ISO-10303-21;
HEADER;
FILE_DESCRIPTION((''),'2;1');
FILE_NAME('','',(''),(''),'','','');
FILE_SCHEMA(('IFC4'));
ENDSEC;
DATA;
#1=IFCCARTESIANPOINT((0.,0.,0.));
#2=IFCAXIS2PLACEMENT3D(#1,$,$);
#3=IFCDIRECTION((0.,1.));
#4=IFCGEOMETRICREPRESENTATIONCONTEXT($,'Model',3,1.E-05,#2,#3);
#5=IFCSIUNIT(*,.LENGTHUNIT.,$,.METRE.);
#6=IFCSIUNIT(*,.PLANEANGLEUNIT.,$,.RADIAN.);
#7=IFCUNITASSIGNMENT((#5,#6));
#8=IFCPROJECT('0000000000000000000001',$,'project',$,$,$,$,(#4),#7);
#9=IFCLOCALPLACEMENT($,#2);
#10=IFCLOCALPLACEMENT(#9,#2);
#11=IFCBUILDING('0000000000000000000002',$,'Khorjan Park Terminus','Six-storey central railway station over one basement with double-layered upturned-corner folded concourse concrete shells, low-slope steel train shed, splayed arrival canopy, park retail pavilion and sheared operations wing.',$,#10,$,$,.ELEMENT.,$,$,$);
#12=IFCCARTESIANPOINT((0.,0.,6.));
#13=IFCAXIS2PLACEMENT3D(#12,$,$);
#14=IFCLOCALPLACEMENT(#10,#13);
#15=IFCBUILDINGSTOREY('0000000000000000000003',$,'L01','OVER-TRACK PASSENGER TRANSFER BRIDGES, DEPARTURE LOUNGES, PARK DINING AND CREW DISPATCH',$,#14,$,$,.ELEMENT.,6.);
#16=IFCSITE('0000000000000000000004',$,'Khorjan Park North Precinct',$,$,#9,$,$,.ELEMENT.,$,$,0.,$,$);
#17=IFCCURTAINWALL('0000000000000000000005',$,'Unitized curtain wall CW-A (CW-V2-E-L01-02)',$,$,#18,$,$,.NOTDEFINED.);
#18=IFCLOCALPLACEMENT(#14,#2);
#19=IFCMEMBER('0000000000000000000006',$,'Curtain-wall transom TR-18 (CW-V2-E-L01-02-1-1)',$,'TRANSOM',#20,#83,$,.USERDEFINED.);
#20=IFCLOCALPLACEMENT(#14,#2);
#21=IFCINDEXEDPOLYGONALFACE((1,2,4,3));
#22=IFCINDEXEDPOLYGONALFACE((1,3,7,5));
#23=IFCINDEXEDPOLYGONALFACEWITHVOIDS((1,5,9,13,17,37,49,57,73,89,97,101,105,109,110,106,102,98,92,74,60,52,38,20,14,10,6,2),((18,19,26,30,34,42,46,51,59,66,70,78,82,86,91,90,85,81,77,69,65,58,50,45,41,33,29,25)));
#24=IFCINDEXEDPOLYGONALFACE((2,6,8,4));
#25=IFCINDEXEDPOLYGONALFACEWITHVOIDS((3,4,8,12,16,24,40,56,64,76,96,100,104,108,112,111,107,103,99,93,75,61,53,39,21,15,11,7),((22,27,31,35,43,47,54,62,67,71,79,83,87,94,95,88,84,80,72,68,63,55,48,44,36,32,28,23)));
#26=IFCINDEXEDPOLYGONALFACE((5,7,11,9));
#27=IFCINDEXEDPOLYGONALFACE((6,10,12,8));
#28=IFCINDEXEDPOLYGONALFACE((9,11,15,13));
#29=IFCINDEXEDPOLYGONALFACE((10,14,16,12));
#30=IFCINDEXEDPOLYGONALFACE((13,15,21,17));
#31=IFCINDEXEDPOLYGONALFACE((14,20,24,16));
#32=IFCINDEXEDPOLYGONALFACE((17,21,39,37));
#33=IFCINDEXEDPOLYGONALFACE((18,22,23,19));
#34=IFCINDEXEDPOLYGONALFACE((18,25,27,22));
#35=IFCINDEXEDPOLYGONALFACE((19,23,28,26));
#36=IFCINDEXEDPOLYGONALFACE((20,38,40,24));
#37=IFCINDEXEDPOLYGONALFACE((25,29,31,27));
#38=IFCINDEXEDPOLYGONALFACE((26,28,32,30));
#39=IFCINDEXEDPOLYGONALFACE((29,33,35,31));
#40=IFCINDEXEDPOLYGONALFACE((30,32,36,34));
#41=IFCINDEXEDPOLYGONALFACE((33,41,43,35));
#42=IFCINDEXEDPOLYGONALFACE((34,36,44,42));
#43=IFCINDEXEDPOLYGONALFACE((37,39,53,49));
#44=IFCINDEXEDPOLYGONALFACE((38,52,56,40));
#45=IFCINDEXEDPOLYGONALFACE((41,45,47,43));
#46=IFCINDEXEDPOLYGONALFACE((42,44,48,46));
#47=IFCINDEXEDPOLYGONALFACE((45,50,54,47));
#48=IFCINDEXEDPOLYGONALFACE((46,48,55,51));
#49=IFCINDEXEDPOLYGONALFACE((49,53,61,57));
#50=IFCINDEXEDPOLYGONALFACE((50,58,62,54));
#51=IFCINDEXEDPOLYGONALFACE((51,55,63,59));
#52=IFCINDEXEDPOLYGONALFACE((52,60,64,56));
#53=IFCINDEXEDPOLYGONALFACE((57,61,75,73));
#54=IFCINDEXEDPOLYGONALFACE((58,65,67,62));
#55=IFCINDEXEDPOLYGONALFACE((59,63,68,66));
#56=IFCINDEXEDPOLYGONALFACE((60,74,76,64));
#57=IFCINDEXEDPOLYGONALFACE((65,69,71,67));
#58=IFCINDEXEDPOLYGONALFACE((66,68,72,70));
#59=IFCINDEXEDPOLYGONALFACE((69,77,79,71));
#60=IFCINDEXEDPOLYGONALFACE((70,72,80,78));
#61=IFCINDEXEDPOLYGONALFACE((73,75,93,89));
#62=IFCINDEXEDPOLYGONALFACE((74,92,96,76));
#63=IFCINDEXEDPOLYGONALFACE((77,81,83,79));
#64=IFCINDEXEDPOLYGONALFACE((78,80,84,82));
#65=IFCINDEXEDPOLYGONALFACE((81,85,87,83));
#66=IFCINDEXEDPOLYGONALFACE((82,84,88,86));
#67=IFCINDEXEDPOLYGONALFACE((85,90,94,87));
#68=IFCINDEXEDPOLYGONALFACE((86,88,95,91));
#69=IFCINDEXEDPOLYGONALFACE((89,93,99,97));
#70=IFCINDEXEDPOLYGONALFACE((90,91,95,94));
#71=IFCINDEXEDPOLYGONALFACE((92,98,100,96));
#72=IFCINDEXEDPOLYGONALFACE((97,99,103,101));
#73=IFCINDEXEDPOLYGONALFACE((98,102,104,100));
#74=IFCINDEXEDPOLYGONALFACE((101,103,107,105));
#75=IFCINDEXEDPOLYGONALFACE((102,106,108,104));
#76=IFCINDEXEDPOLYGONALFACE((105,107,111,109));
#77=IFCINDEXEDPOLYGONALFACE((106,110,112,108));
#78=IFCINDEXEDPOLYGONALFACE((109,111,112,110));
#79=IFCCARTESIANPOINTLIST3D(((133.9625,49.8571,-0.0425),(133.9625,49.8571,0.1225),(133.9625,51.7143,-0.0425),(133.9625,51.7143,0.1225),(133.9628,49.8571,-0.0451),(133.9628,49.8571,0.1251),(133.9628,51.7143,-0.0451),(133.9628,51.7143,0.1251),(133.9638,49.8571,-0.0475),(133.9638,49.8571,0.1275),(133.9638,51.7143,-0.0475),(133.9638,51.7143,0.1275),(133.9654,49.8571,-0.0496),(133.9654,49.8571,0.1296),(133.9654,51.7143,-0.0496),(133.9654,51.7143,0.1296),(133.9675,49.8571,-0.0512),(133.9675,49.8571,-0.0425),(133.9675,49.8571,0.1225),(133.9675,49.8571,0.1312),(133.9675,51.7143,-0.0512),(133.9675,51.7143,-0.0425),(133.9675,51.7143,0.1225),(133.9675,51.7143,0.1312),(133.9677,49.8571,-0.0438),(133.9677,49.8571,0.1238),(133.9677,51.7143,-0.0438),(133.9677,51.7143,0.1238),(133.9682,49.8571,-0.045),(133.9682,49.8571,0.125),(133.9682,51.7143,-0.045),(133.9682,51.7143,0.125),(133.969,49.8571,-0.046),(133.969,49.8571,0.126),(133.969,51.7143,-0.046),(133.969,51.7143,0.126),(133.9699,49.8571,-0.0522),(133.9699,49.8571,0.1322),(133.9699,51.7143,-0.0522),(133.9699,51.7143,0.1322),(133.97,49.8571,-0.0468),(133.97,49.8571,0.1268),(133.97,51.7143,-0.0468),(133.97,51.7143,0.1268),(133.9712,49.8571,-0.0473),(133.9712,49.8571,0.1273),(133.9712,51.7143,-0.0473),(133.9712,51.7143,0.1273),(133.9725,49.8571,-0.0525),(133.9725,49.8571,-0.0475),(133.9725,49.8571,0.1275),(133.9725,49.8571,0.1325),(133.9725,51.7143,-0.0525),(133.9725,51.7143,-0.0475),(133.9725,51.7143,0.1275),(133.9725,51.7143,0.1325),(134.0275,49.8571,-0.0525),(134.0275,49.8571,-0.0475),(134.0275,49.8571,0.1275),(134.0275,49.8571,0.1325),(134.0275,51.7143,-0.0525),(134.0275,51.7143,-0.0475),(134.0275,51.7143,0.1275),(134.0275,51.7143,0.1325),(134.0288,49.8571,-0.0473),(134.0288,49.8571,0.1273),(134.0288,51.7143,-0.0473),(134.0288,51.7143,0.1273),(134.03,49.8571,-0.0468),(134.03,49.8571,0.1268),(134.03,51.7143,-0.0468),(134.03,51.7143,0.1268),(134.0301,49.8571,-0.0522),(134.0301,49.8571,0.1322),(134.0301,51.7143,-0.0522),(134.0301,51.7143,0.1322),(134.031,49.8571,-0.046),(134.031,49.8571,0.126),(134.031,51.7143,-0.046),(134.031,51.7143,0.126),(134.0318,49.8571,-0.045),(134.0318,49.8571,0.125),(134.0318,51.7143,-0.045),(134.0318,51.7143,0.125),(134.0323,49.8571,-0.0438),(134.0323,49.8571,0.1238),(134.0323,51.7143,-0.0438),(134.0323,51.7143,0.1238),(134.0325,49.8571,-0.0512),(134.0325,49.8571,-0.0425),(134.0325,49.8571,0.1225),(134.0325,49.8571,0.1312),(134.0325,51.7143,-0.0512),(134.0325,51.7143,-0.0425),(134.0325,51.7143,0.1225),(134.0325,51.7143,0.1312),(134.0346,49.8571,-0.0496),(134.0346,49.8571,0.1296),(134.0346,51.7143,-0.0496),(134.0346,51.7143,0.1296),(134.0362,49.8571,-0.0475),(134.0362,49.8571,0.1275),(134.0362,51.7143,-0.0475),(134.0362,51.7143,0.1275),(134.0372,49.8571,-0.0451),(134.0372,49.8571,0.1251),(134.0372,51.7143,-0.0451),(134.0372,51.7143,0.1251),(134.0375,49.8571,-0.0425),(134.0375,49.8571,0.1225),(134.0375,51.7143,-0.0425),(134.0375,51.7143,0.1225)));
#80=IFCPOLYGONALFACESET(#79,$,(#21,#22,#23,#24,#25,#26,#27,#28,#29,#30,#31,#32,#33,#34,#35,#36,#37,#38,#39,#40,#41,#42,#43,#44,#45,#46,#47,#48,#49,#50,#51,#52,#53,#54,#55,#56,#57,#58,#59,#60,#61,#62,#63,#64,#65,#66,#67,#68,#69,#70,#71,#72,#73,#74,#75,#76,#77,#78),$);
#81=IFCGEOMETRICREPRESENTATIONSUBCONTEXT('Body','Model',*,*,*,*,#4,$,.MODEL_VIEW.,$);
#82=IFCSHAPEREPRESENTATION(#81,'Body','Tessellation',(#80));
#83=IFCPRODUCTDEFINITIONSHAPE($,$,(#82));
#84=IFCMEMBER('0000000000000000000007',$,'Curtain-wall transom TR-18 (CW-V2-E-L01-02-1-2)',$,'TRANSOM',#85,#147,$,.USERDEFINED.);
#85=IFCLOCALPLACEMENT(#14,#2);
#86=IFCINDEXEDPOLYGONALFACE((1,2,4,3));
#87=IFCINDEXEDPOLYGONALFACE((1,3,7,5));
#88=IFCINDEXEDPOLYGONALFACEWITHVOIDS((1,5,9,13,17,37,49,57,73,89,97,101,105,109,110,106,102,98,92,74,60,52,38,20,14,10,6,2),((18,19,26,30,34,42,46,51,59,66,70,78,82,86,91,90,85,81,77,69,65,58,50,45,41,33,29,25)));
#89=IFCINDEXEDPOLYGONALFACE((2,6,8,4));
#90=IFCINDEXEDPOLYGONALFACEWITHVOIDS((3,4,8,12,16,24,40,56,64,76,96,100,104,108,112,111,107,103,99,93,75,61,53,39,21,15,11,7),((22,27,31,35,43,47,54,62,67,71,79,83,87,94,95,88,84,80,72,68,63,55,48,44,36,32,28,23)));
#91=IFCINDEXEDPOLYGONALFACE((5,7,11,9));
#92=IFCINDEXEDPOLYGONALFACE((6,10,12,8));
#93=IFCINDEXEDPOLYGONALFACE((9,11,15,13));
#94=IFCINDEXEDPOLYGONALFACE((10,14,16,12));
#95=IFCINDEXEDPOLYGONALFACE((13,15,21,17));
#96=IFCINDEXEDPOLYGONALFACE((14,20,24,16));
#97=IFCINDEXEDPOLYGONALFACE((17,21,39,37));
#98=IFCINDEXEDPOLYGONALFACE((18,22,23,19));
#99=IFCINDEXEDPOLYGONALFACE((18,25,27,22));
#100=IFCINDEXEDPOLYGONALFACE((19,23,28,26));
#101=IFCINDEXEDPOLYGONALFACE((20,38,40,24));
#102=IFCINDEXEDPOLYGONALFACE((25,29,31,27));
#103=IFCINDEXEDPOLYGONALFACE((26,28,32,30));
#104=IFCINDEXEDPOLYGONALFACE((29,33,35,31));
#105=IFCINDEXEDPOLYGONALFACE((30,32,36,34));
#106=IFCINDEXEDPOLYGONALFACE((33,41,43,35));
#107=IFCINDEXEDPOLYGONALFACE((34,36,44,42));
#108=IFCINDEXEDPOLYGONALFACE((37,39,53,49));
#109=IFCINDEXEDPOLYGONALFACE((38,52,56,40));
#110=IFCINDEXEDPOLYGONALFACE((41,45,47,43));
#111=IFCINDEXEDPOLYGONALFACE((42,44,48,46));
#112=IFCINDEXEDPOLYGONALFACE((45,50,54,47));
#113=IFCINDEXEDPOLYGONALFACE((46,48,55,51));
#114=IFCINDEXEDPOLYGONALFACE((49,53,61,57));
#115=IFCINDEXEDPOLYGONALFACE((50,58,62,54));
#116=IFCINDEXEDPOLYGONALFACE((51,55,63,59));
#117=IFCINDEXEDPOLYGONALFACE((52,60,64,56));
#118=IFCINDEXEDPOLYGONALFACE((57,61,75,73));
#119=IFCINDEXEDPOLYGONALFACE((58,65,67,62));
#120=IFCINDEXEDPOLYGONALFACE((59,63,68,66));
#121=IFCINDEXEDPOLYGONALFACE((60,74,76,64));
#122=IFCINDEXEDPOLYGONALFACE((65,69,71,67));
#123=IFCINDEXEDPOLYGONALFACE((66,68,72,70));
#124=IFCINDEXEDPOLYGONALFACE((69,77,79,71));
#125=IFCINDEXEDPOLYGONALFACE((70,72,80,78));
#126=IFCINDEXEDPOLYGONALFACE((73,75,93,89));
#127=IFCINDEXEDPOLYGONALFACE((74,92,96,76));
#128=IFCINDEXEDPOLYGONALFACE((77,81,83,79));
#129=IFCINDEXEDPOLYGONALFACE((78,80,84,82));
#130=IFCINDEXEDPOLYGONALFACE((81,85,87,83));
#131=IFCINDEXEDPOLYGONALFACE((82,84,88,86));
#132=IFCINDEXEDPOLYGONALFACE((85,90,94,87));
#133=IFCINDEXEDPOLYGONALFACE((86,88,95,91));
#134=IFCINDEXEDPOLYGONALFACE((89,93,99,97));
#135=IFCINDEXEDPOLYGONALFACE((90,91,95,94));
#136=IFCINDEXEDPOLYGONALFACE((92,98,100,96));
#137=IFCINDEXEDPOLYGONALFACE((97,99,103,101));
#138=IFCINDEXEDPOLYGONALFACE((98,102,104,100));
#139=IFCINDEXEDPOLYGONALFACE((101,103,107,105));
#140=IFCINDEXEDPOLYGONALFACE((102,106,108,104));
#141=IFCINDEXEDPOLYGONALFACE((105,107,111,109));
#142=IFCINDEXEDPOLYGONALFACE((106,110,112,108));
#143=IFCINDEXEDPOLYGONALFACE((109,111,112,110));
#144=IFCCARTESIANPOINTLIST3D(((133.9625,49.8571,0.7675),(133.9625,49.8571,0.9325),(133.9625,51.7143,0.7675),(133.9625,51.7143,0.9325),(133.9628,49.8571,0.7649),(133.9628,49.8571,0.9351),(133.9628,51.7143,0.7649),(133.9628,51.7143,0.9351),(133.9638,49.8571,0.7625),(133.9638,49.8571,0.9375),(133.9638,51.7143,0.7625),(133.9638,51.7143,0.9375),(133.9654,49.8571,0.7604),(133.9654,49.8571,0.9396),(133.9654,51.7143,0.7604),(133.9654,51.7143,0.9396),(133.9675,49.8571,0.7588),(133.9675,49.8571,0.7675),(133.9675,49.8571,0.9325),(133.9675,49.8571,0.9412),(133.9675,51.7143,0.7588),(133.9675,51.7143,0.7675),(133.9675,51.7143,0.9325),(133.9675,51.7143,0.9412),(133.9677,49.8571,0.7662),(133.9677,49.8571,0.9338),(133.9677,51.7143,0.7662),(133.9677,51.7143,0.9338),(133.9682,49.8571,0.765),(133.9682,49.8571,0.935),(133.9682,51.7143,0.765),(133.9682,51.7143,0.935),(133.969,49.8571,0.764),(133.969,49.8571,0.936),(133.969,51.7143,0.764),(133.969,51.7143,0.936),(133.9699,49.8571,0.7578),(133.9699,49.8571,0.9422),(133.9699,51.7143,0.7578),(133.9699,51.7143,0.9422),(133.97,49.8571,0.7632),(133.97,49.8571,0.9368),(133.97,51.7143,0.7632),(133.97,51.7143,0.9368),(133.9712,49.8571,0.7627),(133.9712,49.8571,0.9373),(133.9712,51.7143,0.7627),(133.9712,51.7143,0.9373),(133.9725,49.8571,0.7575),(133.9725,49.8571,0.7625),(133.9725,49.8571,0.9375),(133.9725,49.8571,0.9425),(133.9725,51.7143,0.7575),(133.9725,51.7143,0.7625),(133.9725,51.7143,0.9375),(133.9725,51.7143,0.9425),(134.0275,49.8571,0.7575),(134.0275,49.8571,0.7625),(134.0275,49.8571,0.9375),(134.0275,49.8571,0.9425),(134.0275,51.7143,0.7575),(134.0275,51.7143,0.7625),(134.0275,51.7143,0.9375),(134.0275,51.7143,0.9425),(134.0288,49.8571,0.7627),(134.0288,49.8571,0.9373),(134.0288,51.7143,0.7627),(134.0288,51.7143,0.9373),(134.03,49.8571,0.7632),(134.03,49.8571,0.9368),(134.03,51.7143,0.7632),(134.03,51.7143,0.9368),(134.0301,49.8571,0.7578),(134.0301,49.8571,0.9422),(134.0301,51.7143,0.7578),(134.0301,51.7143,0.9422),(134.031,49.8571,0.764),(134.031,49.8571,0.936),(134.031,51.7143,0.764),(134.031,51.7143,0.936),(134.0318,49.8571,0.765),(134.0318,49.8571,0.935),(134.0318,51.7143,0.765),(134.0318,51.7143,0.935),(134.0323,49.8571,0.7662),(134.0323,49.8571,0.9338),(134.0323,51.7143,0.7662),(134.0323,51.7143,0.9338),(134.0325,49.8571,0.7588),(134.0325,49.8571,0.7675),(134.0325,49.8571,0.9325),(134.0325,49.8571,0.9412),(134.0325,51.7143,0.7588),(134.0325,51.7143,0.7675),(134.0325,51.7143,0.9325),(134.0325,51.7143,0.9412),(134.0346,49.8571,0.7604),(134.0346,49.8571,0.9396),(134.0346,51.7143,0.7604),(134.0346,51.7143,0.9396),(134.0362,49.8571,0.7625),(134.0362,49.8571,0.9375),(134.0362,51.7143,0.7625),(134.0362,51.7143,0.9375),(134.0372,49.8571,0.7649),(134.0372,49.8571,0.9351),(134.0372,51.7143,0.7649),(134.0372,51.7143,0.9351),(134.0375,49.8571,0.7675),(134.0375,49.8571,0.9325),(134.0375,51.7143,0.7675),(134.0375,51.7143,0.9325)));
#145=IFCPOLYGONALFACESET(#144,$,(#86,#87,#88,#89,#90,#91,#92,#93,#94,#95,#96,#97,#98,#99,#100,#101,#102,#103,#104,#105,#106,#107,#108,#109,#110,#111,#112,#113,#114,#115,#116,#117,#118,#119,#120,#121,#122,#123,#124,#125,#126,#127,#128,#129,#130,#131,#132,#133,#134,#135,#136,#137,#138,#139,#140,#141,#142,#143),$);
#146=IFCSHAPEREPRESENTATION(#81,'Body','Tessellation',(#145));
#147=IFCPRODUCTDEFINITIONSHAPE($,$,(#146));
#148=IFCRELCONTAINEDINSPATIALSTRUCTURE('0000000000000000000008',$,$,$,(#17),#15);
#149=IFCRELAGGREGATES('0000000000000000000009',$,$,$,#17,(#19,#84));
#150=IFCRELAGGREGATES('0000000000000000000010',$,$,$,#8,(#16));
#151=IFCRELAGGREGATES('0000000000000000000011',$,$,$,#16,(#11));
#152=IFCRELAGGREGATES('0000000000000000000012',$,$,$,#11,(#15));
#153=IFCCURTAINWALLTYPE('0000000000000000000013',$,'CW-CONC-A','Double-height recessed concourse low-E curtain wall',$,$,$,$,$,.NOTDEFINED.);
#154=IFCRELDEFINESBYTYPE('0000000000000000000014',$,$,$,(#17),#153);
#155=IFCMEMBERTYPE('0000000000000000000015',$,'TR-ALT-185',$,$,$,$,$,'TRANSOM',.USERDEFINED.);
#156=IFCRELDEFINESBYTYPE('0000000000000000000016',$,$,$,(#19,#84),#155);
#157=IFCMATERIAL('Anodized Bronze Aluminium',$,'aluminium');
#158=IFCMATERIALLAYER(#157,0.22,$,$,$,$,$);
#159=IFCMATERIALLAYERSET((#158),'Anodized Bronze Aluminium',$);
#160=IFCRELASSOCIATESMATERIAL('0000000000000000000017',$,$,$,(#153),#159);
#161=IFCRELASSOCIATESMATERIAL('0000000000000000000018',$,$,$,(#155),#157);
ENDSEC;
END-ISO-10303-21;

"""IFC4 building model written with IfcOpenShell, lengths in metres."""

from ifc_helpers import new_model, si_unit, direction, frame, origin, origin_2d, place, context, subcontext, project, spatial, hollow_rectangle, extrude, material, layer, layer_set, material_profile, profile_set, type_object, element, aggregate, save


model = new_model("IFC4")

# Units and contexts
model_context = context("Model", 3, precision=1e-05, world=origin(), true_north=direction((0.0, 1.0)))
body_context = subcontext(model_context, "Body", "Model", "MODEL_VIEW")
ifc_project = project(units=[si_unit("LENGTHUNIT", "METRE"), si_unit("PLANEANGLEUNIT", "RADIAN")], contexts=[model_context])

# Site, building, storey
site_placement = place(None, origin())
site = spatial("IfcSite", under=ifc_project, at=site_placement, Name="Khorjan Park North Precinct", CompositionType="ELEMENT", RefElevation=0.0)
building_placement = place(site_placement, origin())
building = spatial("IfcBuilding", under=site, at=building_placement, Name="Khorjan Park Terminus", Description="Six-storey central railway station over one basement with double-layered upturned-corner folded concourse concrete shells, low-slope steel train shed, splayed arrival canopy, park retail pavilion and sheared operations wing.", CompositionType="ELEMENT")
storey_placement = place(building_placement, frame((0.0, 0.0, 6.0)))
storey = spatial("IfcBuildingStorey", under=building, at=storey_placement, Name="L01", Description="OVER-TRACK PASSENGER TRANSFER BRIDGES, DEPARTURE LOUNGES, PARK DINING AND CREW DISPATCH", CompositionType="ELEMENT", Elevation=6.0)

# Curtain wall, members
ifc_material_1 = material(Name="Anodized Bronze Aluminium", Category="aluminium")
ifc_layer_1 = layer(ifc_material_1, 0.22)
ifc_layer_set_1 = layer_set([ifc_layer_1], Name="Anodized Bronze Aluminium")
curtain_wall_type = type_object("IfcCurtainWallType", Name="CW-CONC-A", Description="Double-height recessed concourse low-E curtain wall", PredefinedType="NOTDEFINED", material=ifc_layer_set_1)
curtain_wall_placement = place(storey_placement, origin())
curtain_wall = element("IfcCurtainWall", 1, at=curtain_wall_placement, inside=storey, type_object=curtain_wall_type, Name="Unitized curtain wall CW-A (CW-V2-E-L01-02)", PredefinedType="NOTDEFINED")
ifc_material_profile_1 = material_profile(ifc_material_1, hollow_rectangle(XDim=0.075, YDim=0.185, WallThickness=0.005, InnerFilletRadius=0.005, OuterFilletRadius=0.01, at=origin_2d()), Name="ALT 75x185x5")
ifc_profile_set_1 = profile_set([ifc_material_profile_1], Name="Anodized Bronze Aluminium")
member_type_1 = type_object("IfcMemberType", Name="TR-ALT-185", ElementType="TRANSOM", PredefinedType="USERDEFINED", material=ifc_profile_set_1)
member_1_placement = place(storey_placement, frame((134.0, 49.8571, 0.04), z_axis=(0.0, 1.0, 0.0), x_axis=(-1.0, 0.0, 0.0)))
member_1 = element("IfcMember", 2, at=member_1_placement, type_object=member_type_1, Name="Curtain-wall transom TR-18 (CW-V2-E-L01-02-1-1)", ObjectType="TRANSOM", PredefinedType="USERDEFINED", context=body_context, shape_type="SweptSolid", body=[
    extrude(hollow_rectangle(XDim=0.075, YDim=0.185, WallThickness=0.005, InnerFilletRadius=0.005, OuterFilletRadius=0.01, at=origin_2d()), origin(), (0.0, 0.0, 1.0), 1.8572),
])
member_2_placement = place(storey_placement, frame((134.0, 49.8571, 0.85), z_axis=(0.0, 1.0, 0.0), x_axis=(-1.0, 0.0, 0.0)))
member_2 = element("IfcMember", 3, at=member_2_placement, type_object=member_type_1, Name="Curtain-wall transom TR-18 (CW-V2-E-L01-02-1-2)", ObjectType="TRANSOM", PredefinedType="USERDEFINED", context=body_context, shape_type="SweptSolid", body=[
    extrude(hollow_rectangle(XDim=0.075, YDim=0.185, WallThickness=0.005, InnerFilletRadius=0.005, OuterFilletRadius=0.01, at=origin_2d()), origin(), (0.0, 0.0, 1.0), 1.8572),
])
aggregate(curtain_wall, [member_1, member_2])

save(model, "model.ifc")
